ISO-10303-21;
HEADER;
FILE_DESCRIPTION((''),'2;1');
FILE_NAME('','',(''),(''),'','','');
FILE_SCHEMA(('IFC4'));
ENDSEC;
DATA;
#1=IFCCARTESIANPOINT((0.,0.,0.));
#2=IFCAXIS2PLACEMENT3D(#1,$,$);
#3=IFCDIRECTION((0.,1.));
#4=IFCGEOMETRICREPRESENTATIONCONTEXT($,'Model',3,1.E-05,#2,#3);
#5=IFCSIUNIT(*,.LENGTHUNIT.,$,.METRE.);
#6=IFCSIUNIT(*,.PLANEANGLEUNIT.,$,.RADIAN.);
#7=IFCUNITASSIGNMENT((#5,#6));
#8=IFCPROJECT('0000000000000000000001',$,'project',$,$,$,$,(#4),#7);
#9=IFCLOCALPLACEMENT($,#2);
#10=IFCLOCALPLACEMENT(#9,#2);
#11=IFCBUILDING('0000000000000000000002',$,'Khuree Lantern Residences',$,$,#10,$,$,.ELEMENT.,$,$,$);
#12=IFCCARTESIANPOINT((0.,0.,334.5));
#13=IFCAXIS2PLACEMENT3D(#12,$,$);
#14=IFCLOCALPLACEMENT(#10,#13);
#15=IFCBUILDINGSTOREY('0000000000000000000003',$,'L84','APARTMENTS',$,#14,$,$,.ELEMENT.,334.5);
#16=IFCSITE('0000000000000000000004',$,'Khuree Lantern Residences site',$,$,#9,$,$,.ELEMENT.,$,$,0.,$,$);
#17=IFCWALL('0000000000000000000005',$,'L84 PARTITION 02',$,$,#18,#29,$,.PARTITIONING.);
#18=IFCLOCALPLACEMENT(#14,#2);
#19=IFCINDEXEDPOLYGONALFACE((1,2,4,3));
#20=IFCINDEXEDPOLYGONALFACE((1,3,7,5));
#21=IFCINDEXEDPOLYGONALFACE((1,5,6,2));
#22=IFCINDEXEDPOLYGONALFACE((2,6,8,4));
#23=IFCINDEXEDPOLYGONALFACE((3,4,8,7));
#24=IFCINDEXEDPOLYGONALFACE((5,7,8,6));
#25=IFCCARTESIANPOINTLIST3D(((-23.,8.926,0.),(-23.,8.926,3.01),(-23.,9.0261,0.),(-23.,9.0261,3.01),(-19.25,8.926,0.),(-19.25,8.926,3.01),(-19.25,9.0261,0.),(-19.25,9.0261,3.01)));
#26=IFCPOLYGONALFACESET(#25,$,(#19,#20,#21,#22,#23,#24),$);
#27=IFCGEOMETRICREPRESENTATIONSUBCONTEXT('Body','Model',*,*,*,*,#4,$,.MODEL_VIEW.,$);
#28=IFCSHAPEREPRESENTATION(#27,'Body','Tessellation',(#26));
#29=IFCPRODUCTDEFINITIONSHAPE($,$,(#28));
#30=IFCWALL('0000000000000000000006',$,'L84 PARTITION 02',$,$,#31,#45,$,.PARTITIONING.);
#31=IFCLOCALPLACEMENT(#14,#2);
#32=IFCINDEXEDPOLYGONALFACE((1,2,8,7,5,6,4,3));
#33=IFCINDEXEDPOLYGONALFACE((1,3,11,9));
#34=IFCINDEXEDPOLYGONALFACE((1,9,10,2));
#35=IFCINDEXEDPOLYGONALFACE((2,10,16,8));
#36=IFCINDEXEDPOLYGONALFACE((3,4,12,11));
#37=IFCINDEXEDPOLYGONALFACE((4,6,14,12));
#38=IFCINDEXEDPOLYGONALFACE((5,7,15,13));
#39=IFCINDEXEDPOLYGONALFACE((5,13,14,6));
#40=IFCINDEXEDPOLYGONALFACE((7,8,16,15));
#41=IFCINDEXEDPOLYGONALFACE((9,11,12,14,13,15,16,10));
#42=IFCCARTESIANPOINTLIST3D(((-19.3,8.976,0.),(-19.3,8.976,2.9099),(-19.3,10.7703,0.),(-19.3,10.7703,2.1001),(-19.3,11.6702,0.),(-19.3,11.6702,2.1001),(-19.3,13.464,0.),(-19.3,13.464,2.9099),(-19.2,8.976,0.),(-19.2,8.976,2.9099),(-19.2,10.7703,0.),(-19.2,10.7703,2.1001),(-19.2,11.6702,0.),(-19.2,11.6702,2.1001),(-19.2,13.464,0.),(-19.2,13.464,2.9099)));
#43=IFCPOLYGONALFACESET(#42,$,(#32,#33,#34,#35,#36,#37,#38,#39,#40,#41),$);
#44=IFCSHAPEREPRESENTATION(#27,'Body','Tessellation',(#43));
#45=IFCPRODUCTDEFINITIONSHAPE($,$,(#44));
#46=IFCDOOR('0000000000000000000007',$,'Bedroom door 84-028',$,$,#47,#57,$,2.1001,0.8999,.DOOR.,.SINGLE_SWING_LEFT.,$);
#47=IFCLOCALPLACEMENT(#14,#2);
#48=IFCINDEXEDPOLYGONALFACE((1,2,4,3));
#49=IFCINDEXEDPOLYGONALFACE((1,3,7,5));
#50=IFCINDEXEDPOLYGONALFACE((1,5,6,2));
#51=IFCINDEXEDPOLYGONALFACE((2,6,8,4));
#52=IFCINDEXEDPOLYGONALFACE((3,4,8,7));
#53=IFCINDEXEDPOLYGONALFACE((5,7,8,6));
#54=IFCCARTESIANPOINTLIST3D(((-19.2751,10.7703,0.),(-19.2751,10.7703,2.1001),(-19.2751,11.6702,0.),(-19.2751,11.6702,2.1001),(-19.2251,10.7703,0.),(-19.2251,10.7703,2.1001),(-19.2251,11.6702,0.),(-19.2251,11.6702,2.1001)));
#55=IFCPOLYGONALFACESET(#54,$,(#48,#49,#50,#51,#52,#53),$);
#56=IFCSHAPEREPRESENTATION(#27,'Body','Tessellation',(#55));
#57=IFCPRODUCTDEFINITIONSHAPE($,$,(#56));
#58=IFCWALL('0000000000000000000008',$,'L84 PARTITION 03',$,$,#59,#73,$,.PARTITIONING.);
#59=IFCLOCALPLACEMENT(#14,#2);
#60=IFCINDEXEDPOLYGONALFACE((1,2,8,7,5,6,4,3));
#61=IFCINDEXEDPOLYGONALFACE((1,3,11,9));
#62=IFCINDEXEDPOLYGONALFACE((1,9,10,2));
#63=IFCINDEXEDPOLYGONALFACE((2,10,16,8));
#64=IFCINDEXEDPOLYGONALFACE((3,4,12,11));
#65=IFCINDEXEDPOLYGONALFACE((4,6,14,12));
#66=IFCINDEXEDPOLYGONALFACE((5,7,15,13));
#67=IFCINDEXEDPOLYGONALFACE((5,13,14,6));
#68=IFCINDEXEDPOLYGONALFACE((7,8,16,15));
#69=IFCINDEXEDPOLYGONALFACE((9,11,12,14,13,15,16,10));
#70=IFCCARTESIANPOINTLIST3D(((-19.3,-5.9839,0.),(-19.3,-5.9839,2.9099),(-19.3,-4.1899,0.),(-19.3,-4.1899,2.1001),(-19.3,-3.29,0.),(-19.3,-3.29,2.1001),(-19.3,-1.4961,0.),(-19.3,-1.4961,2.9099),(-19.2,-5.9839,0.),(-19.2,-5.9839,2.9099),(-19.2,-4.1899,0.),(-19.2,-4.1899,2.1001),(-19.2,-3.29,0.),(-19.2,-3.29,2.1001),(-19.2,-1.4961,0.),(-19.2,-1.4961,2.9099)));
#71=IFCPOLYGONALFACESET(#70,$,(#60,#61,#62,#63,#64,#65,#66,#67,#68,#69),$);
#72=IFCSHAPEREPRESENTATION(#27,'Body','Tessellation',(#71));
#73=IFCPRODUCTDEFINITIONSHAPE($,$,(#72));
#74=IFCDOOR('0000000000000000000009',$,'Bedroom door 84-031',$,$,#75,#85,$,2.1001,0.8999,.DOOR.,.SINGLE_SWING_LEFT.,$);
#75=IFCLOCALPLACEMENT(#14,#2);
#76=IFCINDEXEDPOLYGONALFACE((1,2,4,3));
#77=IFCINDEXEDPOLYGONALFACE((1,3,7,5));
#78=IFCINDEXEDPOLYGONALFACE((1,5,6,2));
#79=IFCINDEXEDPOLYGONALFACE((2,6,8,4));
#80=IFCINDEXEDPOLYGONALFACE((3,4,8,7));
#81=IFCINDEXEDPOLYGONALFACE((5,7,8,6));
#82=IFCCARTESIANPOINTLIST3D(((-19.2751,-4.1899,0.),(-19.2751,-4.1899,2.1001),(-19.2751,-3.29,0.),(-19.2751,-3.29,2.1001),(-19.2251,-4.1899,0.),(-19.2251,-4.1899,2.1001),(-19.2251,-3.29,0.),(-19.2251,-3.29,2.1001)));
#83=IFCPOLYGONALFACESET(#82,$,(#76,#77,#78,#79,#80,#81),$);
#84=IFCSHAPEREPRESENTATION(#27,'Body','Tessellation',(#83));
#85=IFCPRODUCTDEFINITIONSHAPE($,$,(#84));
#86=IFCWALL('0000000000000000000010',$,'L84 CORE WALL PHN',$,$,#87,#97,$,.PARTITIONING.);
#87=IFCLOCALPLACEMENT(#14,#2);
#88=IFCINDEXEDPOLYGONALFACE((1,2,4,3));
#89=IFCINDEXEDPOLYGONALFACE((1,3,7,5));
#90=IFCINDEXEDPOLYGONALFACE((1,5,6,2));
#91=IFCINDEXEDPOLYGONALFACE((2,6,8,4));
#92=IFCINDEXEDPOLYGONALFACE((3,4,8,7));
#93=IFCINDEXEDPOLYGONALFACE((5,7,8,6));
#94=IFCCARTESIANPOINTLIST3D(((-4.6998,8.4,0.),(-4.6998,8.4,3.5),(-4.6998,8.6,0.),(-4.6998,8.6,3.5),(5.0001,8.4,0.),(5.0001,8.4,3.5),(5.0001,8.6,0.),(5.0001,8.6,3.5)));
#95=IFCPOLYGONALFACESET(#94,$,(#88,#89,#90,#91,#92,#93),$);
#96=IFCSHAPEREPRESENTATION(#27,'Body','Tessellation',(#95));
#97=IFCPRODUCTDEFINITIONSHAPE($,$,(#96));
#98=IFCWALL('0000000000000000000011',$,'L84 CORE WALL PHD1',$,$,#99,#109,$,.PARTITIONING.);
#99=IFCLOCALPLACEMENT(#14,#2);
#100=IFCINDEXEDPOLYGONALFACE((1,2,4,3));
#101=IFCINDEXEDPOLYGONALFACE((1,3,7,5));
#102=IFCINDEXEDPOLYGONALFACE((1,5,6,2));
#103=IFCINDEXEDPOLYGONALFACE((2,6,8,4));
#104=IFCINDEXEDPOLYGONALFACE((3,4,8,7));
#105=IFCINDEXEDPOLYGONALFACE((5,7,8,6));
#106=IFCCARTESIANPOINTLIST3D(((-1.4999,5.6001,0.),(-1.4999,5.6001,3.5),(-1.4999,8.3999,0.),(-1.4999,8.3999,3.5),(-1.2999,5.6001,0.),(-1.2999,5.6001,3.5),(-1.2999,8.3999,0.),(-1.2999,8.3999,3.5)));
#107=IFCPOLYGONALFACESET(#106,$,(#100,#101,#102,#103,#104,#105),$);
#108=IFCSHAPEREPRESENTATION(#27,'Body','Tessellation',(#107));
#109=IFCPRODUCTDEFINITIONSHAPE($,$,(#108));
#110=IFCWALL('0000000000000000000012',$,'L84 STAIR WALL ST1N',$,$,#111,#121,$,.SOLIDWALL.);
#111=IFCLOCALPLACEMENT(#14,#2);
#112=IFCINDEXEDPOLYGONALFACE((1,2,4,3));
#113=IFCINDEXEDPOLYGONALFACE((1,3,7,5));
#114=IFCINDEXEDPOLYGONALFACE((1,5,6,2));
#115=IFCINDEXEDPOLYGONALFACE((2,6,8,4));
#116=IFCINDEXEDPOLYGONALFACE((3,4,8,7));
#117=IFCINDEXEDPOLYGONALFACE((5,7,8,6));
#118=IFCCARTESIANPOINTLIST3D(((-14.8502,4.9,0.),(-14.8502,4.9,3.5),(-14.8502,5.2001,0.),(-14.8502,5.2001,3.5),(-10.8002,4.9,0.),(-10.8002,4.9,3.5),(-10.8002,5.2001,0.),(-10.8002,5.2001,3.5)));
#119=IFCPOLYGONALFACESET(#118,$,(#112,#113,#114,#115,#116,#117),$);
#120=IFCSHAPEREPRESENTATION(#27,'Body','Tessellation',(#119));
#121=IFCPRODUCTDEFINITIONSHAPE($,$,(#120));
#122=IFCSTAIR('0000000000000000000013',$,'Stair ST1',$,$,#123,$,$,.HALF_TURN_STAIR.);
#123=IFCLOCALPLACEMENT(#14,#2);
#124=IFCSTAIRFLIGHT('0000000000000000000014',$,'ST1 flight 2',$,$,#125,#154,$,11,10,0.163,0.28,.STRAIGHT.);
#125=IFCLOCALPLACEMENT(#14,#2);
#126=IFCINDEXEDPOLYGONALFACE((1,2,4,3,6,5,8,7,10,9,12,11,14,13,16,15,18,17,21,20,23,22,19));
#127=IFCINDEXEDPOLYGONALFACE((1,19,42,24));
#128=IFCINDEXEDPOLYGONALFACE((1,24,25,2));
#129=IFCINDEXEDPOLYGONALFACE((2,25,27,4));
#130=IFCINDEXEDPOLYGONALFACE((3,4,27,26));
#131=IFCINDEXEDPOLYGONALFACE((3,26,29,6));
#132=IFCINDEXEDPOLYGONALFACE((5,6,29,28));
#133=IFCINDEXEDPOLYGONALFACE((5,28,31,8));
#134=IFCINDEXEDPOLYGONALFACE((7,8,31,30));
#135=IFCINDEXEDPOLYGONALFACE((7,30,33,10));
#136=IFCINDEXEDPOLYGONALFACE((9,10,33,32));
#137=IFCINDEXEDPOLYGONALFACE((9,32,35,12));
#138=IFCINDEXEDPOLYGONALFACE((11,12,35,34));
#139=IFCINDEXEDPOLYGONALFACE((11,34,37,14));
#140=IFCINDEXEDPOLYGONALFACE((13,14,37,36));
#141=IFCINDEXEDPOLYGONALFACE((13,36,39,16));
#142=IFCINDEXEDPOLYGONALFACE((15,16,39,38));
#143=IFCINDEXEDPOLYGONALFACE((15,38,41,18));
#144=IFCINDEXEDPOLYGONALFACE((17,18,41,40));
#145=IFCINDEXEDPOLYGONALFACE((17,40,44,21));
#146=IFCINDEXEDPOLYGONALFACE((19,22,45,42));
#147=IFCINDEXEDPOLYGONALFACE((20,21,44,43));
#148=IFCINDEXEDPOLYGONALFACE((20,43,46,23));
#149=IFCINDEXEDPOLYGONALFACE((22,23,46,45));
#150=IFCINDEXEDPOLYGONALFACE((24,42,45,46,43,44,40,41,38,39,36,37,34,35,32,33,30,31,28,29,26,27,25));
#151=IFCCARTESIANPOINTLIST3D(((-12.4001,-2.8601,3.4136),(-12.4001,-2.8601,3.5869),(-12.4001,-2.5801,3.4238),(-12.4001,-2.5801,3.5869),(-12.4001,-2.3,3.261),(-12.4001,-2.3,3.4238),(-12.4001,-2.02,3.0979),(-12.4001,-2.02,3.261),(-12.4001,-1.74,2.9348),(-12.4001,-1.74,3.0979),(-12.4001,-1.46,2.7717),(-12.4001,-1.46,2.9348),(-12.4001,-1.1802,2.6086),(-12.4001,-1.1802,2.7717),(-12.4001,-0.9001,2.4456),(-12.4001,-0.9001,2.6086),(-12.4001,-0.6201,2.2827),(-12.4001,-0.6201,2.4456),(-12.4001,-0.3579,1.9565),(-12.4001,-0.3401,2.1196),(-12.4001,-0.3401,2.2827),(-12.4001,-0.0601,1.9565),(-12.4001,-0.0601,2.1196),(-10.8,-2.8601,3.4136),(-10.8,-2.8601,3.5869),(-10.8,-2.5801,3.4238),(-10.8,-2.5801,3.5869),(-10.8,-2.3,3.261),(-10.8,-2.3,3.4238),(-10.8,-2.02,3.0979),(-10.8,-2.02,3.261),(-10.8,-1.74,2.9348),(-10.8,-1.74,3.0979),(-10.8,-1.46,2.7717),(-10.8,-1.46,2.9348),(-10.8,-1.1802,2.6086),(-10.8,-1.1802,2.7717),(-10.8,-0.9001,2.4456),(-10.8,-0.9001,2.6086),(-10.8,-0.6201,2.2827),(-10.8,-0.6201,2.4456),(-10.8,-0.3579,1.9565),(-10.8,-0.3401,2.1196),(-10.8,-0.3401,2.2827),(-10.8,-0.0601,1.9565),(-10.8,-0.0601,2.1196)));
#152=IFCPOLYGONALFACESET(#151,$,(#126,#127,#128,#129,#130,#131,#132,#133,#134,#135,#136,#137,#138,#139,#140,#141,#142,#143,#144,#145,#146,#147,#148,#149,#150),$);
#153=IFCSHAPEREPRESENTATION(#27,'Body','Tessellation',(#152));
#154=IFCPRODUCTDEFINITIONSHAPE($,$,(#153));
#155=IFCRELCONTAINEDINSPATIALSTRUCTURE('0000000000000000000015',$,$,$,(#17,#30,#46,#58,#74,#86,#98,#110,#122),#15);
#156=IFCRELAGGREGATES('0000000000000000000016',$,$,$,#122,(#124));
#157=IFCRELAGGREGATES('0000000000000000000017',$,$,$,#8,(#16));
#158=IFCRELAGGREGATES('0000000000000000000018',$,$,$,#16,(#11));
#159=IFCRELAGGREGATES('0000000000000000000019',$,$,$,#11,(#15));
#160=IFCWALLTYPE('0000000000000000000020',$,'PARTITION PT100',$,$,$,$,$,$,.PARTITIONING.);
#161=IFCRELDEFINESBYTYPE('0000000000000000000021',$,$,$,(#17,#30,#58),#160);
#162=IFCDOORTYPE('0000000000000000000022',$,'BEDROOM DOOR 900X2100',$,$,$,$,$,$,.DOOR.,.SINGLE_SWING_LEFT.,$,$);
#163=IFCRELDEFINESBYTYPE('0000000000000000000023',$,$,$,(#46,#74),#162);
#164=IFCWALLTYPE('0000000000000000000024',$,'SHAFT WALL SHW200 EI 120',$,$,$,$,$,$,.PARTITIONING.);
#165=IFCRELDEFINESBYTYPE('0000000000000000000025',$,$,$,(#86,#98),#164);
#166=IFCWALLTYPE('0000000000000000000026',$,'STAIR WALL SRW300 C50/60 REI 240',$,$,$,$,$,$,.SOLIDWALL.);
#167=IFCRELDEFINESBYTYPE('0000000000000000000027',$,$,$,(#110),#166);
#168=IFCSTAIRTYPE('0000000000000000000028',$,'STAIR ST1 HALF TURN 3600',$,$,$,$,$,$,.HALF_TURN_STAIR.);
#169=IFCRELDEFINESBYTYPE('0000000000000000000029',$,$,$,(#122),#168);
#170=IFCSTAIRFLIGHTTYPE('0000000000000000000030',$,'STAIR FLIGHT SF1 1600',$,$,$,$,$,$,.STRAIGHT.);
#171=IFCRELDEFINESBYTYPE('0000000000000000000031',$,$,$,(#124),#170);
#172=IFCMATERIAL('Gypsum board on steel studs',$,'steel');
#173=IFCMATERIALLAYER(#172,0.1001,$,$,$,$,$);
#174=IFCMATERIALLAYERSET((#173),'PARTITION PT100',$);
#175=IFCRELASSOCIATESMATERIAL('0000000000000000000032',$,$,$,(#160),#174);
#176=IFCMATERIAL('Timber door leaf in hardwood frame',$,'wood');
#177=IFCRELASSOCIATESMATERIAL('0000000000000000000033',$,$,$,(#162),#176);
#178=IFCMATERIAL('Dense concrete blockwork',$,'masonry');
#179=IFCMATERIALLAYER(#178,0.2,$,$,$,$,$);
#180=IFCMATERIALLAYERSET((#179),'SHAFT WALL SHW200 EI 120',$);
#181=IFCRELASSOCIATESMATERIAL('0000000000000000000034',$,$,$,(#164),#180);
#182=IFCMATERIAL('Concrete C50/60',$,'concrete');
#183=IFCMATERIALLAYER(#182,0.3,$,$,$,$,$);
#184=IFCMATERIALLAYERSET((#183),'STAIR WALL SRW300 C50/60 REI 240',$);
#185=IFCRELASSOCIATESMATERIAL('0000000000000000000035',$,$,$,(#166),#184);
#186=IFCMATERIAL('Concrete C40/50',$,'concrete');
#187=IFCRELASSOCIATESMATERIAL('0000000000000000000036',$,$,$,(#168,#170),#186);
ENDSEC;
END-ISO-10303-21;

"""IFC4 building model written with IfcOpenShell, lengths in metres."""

from ifc_helpers import new_model, si_unit, direction, frame, frame_2d, origin, place, context, subcontext, project, spatial, polyline, rectangle, outline, extrude, material, layer, layer_set, type_object, element, fill, aggregate, save


model = new_model("IFC4")

# Units and contexts
model_context = context("Model", 3, precision=1e-05, world=origin(), true_north=direction((0.0, 1.0)))
body_context = subcontext(model_context, "Body", "Model", "MODEL_VIEW")
ifc_project = project(units=[si_unit("LENGTHUNIT", "METRE"), si_unit("PLANEANGLEUNIT", "RADIAN")], contexts=[model_context])

# Site, building, storey
site_placement = place(None, origin())
site = spatial("IfcSite", under=ifc_project, at=site_placement, Name="Khuree Lantern Residences site", CompositionType="ELEMENT", RefElevation=0.0)
building_placement = place(site_placement, origin())
building = spatial("IfcBuilding", under=site, at=building_placement, Name="Khuree Lantern Residences", CompositionType="ELEMENT")
storey_placement = place(building_placement, frame((0.0, 0.0, 334.5)))
storey = spatial("IfcBuildingStorey", under=building, at=storey_placement, Name="L84", Description="APARTMENTS", CompositionType="ELEMENT", Elevation=334.5)

# Shared definitions
ifc_material_1 = material(Name="Concrete C50/60", Category="concrete")

# Shared definitions
ifc_material_2 = material(Name="Dense concrete blockwork", Category="masonry")

# Shared definitions
ifc_material_3 = material(Name="Timber door leaf in hardwood frame", Category="wood")

# Shared definitions
ifc_material_4 = material(Name="Gypsum board on steel studs", Category="steel")

# Wall
ifc_layer_1 = layer(ifc_material_4, 0.1001)
ifc_layer_set_1 = layer_set([ifc_layer_1], Name="PARTITION PT100")
wall_type_1 = type_object("IfcWallType", Name="PARTITION PT100", PredefinedType="PARTITIONING", material=ifc_layer_set_1)
for number, where, z_axis, x_axis, name in (
    (1, (-19.25, 8.9761, 0.0), (0.0, 0.0, 1.0), (-1.0, 0.0, 0.0), "L84 PARTITION 02"),
):
    element("IfcWall", number, at=place(storey_placement, frame(where, z_axis=z_axis, x_axis=x_axis)), inside=storey, type_object=wall_type_1, Name=name, PredefinedType="PARTITIONING", context=body_context, shape_type="SweptSolid", body=[
        extrude(rectangle(XDim=3.75, YDim=0.1001, at=frame_2d((1.875, 0.0))), origin(), (0.0, 0.0, 1.0), 3.01),
    ])

# Walls, openings, doors
wall_1_placement = place(storey_placement, frame((-19.25, 13.4641, 0.0), z_axis=(0.0, 0.0, 1.0), x_axis=(0.0, -1.0, 0.0)))
wall_1 = element("IfcWall", 2, at=wall_1_placement, inside=storey, type_object=wall_type_1, Name="L84 PARTITION 02", PredefinedType="PARTITIONING", context=body_context, shape_type="SweptSolid", body=[
    extrude(rectangle(XDim=4.488, YDim=0.1001, at=frame_2d((2.2441, 0.0))), origin(), (0.0, 0.0, 1.0), 2.9099),
])
opening_1_placement = place(wall_1_placement, frame((1.7939, 0.0, 0.0)))
opening_1 = element("IfcOpeningElement", 3, at=opening_1_placement, cuts=wall_1, PredefinedType="OPENING", context=body_context, shape_type="SweptSolid", body=[
    extrude(rectangle(XDim=0.8999, YDim=2.1001, at=frame_2d((0.45, 1.05))), frame((0.0, 0.0601, 0.0), z_axis=(0.0, -1.0, 0.0), x_axis=(1.0, 0.0, 0.0)), (0.0, 0.0, 1.0), 0.1201),
])
door_type_1 = type_object("IfcDoorType", Name="BEDROOM DOOR 900X2100", OperationType="SINGLE_SWING_LEFT", PredefinedType="DOOR", material=ifc_material_3)
door_1_placement = place(opening_1_placement, origin())
door_1 = element("IfcDoor", 4, at=door_1_placement, inside=storey, type_object=door_type_1, Name="Bedroom door 84-028", OperationType="SINGLE_SWING_LEFT", OverallHeight=2.1001, OverallWidth=0.8999, PredefinedType="DOOR", context=body_context, shape_type="SweptSolid", body=[
    extrude(rectangle(XDim=0.8999, YDim=2.1001, at=frame_2d((0.45, 1.05))), frame((0.0, 0.0249, 0.0), z_axis=(0.0, -1.0, 0.0), x_axis=(1.0, 0.0, 0.0)), (0.0, 0.0, 1.0), 0.05),
])
fill(opening_1, door_1)
wall_2_placement = place(storey_placement, frame((-19.25, -1.4961, 0.0), z_axis=(0.0, 0.0, 1.0), x_axis=(0.0, -1.0, 0.0)))
wall_2 = element("IfcWall", 5, at=wall_2_placement, inside=storey, type_object=wall_type_1, Name="L84 PARTITION 03", PredefinedType="PARTITIONING", context=body_context, shape_type="SweptSolid", body=[
    extrude(rectangle(XDim=4.4878, YDim=0.1001, at=frame_2d((2.2439, 0.0))), origin(), (0.0, 0.0, 1.0), 2.9099),
])
opening_2_placement = place(wall_2_placement, frame((1.7939, 0.0, 0.0)))
opening_2 = element("IfcOpeningElement", 6, at=opening_2_placement, cuts=wall_2, PredefinedType="OPENING", context=body_context, shape_type="SweptSolid", body=[
    extrude(rectangle(XDim=0.8999, YDim=2.1001, at=frame_2d((0.45, 1.05))), frame((0.0, 0.0601, 0.0), z_axis=(0.0, -1.0, 0.0), x_axis=(1.0, 0.0, 0.0)), (0.0, 0.0, 1.0), 0.1201),
])
door_2_placement = place(opening_2_placement, origin())
door_2 = element("IfcDoor", 7, at=door_2_placement, inside=storey, type_object=door_type_1, Name="Bedroom door 84-031", OperationType="SINGLE_SWING_LEFT", OverallHeight=2.1001, OverallWidth=0.8999, PredefinedType="DOOR", context=body_context, shape_type="SweptSolid", body=[
    extrude(rectangle(XDim=0.8999, YDim=2.1001, at=frame_2d((0.45, 1.05))), frame((0.0, 0.0249, 0.0), z_axis=(0.0, -1.0, 0.0), x_axis=(1.0, 0.0, 0.0)), (0.0, 0.0, 1.0), 0.05),
])
fill(opening_2, door_2)

# Walls
ifc_layer_2 = layer(ifc_material_2, 0.2)
ifc_layer_set_2 = layer_set([ifc_layer_2], Name="SHAFT WALL SHW200 EI 120")
wall_type_2 = type_object("IfcWallType", Name="SHAFT WALL SHW200 EI 120", PredefinedType="PARTITIONING", material=ifc_layer_set_2)
wall_3_placement = place(storey_placement, frame((-4.7, 8.5, 0.0), z_axis=(0.0, 0.0, 1.0), x_axis=(1.0, 0.0, 0.0)))
element("IfcWall", 8, at=wall_3_placement, inside=storey, type_object=wall_type_2, Name="L84 CORE WALL PHN", PredefinedType="PARTITIONING", context=body_context, shape_type="SweptSolid", body=[
    extrude(rectangle(XDim=9.7, YDim=0.2, at=frame_2d((4.8501, 0.0))), origin(), (0.0, 0.0, 1.0), 3.5),
])
wall_4_placement = place(storey_placement, frame((-1.3999, 5.6001, 0.0), z_axis=(0.0, 0.0, 1.0), x_axis=(0.0, 1.0, 0.0)))
element("IfcWall", 9, at=wall_4_placement, inside=storey, type_object=wall_type_2, Name="L84 CORE WALL PHD1", PredefinedType="PARTITIONING", context=body_context, shape_type="SweptSolid", body=[
    extrude(rectangle(XDim=2.7998, YDim=0.2, at=frame_2d((1.3999, 0.0))), origin(), (0.0, 0.0, 1.0), 3.5),
])
ifc_layer_3 = layer(ifc_material_1, 0.3)
ifc_layer_set_3 = layer_set([ifc_layer_3], Name="STAIR WALL SRW300 C50/60 REI 240")
wall_type_3 = type_object("IfcWallType", Name="STAIR WALL SRW300 C50/60 REI 240", PredefinedType="SOLIDWALL", material=ifc_layer_set_3)
wall_5_placement = place(storey_placement, frame((-14.8501, 5.05, 0.0), z_axis=(0.0, 0.0, 1.0), x_axis=(1.0, 0.0, 0.0)))
element("IfcWall", 10, at=wall_5_placement, inside=storey, type_object=wall_type_3, Name="L84 STAIR WALL ST1N", PredefinedType="SOLIDWALL", context=body_context, shape_type="SweptSolid", body=[
    extrude(rectangle(XDim=4.05, YDim=0.3, at=frame_2d((2.0249, 0.0))), origin(), (0.0, 0.0, 1.0), 3.5),
])

# Stair, stair flight
ifc_material_5 = material(Name="Concrete C40/50", Category="concrete")
stair_type = type_object("IfcStairType", Name="STAIR ST1 HALF TURN 3600", PredefinedType="HALF_TURN_STAIR", material=ifc_material_5)
stair_placement = place(storey_placement, origin())
stair = element("IfcStair", 11, at=stair_placement, inside=storey, type_object=stair_type, Name="Stair ST1", PredefinedType="HALF_TURN_STAIR")
stair_flight_type = type_object("IfcStairFlightType", Name="STAIR FLIGHT SF1 1600", PredefinedType="STRAIGHT", material=ifc_material_5)
stair_flight_placement = place(storey_placement, frame((-11.6001, -0.0601, 1.9565), z_axis=(0.0, 0.0, 1.0), x_axis=(0.0, -1.0, 0.0)))
stair_flight = element("IfcStairFlight", 12, at=stair_flight_placement, type_object=stair_flight_type, Name="ST1 flight 2", NumberOfRisers=11, NumberOfTreads=10, PredefinedType="STRAIGHT", RiserHeight=0.163, TreadLength=0.28, context=body_context, shape_type="SweptSolid", body=[
    extrude(outline(polyline([(0.0, 0.0), (0.0, 0.1631), (0.28, 0.1631), (0.28, 0.3262), (0.5601, 0.3262), (0.5601, 0.489), (0.8401, 0.489), (0.8401, 0.6521), (1.1201, 0.6521), (1.1201, 0.8152), (1.3999, 0.8152), (1.3999, 0.9783), (1.6799, 0.9783), (1.6799, 1.1414), (1.96, 1.1414), (1.96, 1.3044), (2.24, 1.3044), (2.24, 1.4673), (2.52, 1.4673), (2.52, 1.6304), (2.8, 1.6304), (2.8, 1.7935), (2.8, 1.457), (0.2979, 0.0), (0.0, 0.0)])), frame((0.0, 0.8, 0.0), z_axis=(0.0, -1.0, 0.0), x_axis=(1.0, 0.0, 0.0)), (0.0, 0.0, 1.0), 1.6001),
])
aggregate(stair, [stair_flight])

save(model, "model.ifc")
